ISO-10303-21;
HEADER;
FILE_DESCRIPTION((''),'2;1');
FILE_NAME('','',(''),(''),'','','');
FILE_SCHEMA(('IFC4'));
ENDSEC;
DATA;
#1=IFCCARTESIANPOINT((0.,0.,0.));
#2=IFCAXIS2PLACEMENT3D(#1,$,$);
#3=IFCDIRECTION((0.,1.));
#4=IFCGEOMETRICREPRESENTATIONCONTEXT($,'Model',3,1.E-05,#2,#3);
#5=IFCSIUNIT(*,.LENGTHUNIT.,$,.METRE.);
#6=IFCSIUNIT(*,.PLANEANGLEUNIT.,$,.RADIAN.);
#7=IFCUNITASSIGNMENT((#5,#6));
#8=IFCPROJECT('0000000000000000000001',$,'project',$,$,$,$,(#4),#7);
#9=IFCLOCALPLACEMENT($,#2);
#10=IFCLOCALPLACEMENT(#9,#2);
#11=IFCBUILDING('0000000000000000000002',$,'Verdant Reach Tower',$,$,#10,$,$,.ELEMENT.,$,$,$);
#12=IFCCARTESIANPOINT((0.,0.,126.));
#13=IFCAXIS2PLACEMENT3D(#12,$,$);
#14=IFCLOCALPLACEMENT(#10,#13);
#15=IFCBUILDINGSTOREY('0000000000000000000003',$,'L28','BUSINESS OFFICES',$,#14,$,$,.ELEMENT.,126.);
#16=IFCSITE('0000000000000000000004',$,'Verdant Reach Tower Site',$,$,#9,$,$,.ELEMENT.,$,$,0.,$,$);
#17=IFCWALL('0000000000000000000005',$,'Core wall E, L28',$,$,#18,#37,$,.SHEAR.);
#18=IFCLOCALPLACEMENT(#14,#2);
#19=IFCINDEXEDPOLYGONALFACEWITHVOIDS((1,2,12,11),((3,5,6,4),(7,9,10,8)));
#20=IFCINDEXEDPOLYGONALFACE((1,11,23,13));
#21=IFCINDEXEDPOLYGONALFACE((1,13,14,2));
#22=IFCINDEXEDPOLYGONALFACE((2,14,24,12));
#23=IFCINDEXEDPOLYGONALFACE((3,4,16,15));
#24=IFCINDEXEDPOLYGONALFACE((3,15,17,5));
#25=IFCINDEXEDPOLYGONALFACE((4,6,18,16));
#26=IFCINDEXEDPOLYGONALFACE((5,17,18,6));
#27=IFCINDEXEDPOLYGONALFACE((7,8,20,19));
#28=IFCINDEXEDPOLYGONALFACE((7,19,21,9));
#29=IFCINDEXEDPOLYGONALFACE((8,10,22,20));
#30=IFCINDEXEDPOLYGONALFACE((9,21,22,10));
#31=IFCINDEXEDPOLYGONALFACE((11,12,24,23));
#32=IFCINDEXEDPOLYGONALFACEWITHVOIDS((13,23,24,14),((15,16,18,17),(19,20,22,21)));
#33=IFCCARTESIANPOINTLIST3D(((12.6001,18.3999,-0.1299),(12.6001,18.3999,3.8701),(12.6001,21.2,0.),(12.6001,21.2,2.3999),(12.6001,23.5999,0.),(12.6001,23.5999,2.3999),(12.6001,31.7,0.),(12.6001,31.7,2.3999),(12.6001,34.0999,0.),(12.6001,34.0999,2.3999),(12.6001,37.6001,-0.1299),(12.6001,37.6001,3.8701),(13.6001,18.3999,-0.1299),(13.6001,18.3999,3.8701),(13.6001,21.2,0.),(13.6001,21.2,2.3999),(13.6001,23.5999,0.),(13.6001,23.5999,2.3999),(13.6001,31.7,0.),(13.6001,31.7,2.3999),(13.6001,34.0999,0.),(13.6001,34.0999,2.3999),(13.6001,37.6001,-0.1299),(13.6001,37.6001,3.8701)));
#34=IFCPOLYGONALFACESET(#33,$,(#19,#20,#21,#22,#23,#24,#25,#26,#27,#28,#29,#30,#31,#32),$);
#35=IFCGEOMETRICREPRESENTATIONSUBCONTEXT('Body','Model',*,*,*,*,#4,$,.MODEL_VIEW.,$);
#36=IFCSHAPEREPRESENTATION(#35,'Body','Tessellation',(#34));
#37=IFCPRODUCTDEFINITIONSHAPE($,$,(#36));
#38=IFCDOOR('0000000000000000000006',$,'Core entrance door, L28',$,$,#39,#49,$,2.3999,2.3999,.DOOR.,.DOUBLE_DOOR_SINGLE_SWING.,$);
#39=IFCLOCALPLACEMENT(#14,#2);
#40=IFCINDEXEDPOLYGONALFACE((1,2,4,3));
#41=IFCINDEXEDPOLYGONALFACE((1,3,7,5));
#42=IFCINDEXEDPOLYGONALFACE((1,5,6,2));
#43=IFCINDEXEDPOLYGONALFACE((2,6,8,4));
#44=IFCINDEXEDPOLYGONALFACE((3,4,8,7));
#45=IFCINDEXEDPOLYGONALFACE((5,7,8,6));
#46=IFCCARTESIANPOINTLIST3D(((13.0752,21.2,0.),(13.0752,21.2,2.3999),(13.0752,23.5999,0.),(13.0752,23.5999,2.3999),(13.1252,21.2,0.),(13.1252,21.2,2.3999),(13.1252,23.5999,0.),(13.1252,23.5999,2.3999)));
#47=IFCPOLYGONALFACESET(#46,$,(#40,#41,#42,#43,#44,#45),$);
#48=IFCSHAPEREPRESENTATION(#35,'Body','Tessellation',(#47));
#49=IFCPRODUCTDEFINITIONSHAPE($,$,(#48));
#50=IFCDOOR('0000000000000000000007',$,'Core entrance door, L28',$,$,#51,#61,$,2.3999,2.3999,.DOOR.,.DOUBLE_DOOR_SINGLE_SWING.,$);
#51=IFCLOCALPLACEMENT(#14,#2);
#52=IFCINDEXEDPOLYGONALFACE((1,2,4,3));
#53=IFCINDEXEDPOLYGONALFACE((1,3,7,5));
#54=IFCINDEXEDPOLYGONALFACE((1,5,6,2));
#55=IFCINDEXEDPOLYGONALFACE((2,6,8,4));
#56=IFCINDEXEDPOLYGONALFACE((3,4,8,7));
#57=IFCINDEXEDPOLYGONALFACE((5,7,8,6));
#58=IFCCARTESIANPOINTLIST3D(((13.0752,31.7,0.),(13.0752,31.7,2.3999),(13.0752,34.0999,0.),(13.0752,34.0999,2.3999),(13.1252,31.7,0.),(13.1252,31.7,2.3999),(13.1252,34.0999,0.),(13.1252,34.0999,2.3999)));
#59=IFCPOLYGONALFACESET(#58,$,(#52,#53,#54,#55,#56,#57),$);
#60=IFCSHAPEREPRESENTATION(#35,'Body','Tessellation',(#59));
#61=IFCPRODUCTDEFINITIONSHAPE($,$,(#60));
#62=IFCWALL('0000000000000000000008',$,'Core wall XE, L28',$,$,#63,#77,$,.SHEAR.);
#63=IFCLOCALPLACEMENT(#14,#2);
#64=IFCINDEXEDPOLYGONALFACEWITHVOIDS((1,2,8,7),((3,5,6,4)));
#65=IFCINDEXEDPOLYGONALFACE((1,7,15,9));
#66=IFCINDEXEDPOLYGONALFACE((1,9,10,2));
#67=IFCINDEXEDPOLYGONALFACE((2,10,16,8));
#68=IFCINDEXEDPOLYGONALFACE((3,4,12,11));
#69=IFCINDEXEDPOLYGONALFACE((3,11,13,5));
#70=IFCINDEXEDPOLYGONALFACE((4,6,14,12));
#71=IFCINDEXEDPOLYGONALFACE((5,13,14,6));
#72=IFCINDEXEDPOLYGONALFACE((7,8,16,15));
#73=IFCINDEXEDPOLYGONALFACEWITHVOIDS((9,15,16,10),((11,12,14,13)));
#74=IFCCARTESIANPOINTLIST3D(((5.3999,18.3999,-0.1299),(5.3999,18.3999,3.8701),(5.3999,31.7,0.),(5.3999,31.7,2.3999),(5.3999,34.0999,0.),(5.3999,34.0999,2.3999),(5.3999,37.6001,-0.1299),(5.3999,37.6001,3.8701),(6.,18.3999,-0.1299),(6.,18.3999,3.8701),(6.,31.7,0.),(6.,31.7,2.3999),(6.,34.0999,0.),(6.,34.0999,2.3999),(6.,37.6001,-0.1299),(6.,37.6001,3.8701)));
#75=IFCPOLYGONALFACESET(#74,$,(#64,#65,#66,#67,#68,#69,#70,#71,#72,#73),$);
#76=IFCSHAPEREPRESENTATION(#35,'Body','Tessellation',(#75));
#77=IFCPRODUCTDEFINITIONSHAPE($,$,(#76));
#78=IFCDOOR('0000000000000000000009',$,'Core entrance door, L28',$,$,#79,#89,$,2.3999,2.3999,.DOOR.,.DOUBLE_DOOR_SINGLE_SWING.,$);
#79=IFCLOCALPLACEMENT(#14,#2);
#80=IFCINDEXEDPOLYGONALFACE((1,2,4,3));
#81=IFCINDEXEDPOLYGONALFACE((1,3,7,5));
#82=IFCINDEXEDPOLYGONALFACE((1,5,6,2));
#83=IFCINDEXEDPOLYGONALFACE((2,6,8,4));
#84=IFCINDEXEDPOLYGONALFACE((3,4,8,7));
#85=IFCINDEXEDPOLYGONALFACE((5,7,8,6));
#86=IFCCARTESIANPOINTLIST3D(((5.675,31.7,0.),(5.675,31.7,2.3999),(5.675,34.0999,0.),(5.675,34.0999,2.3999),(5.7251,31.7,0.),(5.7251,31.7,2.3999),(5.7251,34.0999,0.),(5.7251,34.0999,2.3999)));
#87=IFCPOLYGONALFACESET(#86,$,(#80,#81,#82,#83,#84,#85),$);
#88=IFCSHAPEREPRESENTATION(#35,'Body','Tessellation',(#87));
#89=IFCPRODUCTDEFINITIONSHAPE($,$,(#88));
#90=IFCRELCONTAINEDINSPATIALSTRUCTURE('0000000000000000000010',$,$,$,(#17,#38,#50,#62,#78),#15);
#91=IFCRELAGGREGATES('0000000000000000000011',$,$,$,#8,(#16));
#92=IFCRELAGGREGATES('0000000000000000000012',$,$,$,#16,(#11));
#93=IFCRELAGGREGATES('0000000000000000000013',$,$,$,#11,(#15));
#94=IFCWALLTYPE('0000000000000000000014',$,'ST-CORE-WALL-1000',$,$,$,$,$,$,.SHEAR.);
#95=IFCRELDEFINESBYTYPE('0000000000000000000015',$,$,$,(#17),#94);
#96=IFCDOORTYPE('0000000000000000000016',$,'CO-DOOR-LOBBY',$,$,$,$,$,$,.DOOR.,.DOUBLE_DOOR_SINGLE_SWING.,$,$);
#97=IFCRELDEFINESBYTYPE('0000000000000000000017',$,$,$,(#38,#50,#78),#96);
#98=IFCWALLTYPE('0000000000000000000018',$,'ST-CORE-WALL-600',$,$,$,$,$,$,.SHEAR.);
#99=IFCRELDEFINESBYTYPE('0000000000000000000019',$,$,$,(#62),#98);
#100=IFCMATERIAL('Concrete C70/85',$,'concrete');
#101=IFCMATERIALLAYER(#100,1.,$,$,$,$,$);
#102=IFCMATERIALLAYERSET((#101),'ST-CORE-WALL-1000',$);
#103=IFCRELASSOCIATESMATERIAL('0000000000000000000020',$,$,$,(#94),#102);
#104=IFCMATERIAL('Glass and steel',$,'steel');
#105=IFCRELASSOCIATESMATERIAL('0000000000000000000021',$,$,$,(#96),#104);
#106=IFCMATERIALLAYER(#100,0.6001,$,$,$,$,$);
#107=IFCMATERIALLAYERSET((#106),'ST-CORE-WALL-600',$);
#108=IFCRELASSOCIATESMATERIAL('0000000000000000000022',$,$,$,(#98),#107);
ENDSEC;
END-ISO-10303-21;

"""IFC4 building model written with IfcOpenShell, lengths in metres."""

from ifc_helpers import new_model, si_unit, direction, frame, frame_2d, origin, place, context, subcontext, project, spatial, rectangle, extrude, material, layer, layer_set, type_object, element, fill, save


model = new_model("IFC4")

# Units and contexts
model_context = context("Model", 3, precision=1e-05, world=origin(), true_north=direction((0.0, 1.0)))
body_context = subcontext(model_context, "Body", "Model", "MODEL_VIEW")
ifc_project = project(units=[si_unit("LENGTHUNIT", "METRE"), si_unit("PLANEANGLEUNIT", "RADIAN")], contexts=[model_context])

# Site, building, storey
site_placement = place(None, origin())
site = spatial("IfcSite", under=ifc_project, at=site_placement, Name="Verdant Reach Tower Site", CompositionType="ELEMENT", RefElevation=0.0)
building_placement = place(site_placement, origin())
building = spatial("IfcBuilding", under=site, at=building_placement, Name="Verdant Reach Tower", CompositionType="ELEMENT")
storey_placement = place(building_placement, frame((0.0, 0.0, 126.0)))
storey = spatial("IfcBuildingStorey", under=building, at=storey_placement, Name="L28", Description="BUSINESS OFFICES", CompositionType="ELEMENT", Elevation=126.0)

# Wall, openings, doors
ifc_material_1 = material(Name="Concrete C70/85", Category="concrete")
ifc_layer_1 = layer(ifc_material_1, 1.0)
ifc_layer_set_1 = layer_set([ifc_layer_1], Name="ST-CORE-WALL-1000")
wall_type_1 = type_object("IfcWallType", Name="ST-CORE-WALL-1000", PredefinedType="SHEAR", material=ifc_layer_set_1)
wall_1_placement = place(storey_placement, frame((13.1001, 18.3999, -0.1299), z_axis=(0.0, 0.0, 1.0), x_axis=(0.0, 1.0, 0.0)))
wall_1 = element("IfcWall", 1, at=wall_1_placement, inside=storey, type_object=wall_type_1, Name="Core wall E, L28", PredefinedType="SHEAR", context=body_context, shape_type="SweptSolid", body=[
    extrude(rectangle(XDim=19.2002, YDim=1.0, at=frame_2d((9.6001, 0.0))), origin(), (0.0, 0.0, 1.0), 4.0),
])
opening_1_placement = place(wall_1_placement, frame((2.8, 0.0, 0.1299)))
opening_1 = element("IfcOpeningElement", 2, at=opening_1_placement, cuts=wall_1, PredefinedType="OPENING", context=body_context, shape_type="SweptSolid", body=[
    extrude(rectangle(XDim=2.3999, YDim=2.3999, at=frame_2d((1.2, 1.2))), frame((0.0, 0.51, 0.0), z_axis=(0.0, -1.0, 0.0), x_axis=(1.0, 0.0, 0.0)), (0.0, 0.0, 1.0), 1.02),
])
opening_2_placement = place(wall_1_placement, frame((13.3, 0.0, 0.1299)))
opening_2 = element("IfcOpeningElement", 3, at=opening_2_placement, cuts=wall_1, PredefinedType="OPENING", context=body_context, shape_type="SweptSolid", body=[
    extrude(rectangle(XDim=2.3999, YDim=2.3999, at=frame_2d((1.2, 1.2))), frame((0.0, 0.51, 0.0), z_axis=(0.0, -1.0, 0.0), x_axis=(1.0, 0.0, 0.0)), (0.0, 0.0, 1.0), 1.02),
])
ifc_material_2 = material(Name="Glass and steel", Category="steel")
door_type_1 = type_object("IfcDoorType", Name="CO-DOOR-LOBBY", OperationType="DOUBLE_DOOR_SINGLE_SWING", PredefinedType="DOOR", material=ifc_material_2)
door_1_placement = place(opening_1_placement, origin())
door_1 = element("IfcDoor", 4, at=door_1_placement, inside=storey, type_object=door_type_1, Name="Core entrance door, L28", OperationType="DOUBLE_DOOR_SINGLE_SWING", OverallHeight=2.3999, OverallWidth=2.3999, PredefinedType="DOOR", context=body_context, shape_type="SweptSolid", body=[
    extrude(rectangle(XDim=2.3999, YDim=2.3999, at=frame_2d((1.2, 1.2))), frame((0.0, 0.0249, 0.0), z_axis=(0.0, -1.0, 0.0), x_axis=(1.0, 0.0, 0.0)), (0.0, 0.0, 1.0), 0.05),
])
fill(opening_1, door_1)
door_2_placement = place(opening_2_placement, origin())
door_2 = element("IfcDoor", 5, at=door_2_placement, inside=storey, type_object=door_type_1, Name="Core entrance door, L28", OperationType="DOUBLE_DOOR_SINGLE_SWING", OverallHeight=2.3999, OverallWidth=2.3999, PredefinedType="DOOR", context=body_context, shape_type="SweptSolid", body=[
    extrude(rectangle(XDim=2.3999, YDim=2.3999, at=frame_2d((1.2, 1.2))), frame((0.0, 0.0249, 0.0), z_axis=(0.0, -1.0, 0.0), x_axis=(1.0, 0.0, 0.0)), (0.0, 0.0, 1.0), 0.05),
])
fill(opening_2, door_2)

# Wall, opening, door
ifc_layer_2 = layer(ifc_material_1, 0.6001)
ifc_layer_set_2 = layer_set([ifc_layer_2], Name="ST-CORE-WALL-600")
wall_type_2 = type_object("IfcWallType", Name="ST-CORE-WALL-600", PredefinedType="SHEAR", material=ifc_layer_set_2)
wall_2_placement = place(storey_placement, frame((5.7, 18.3999, -0.1299), z_axis=(0.0, 0.0, 1.0), x_axis=(0.0, 1.0, 0.0)))
wall_2 = element("IfcWall", 6, at=wall_2_placement, inside=storey, type_object=wall_type_2, Name="Core wall XE, L28", PredefinedType="SHEAR", context=body_context, shape_type="SweptSolid", body=[
    extrude(rectangle(XDim=19.2002, YDim=0.6001, at=frame_2d((9.6001, 0.0))), origin(), (0.0, 0.0, 1.0), 4.0),
])
opening_3_placement = place(wall_2_placement, frame((13.3, 0.0, 0.1299)))
opening_3 = element("IfcOpeningElement", 7, at=opening_3_placement, cuts=wall_2, PredefinedType="OPENING", context=body_context, shape_type="SweptSolid", body=[
    extrude(rectangle(XDim=2.3999, YDim=2.3999, at=frame_2d((1.2, 1.2))), frame((0.0, 0.3101, 0.0), z_axis=(0.0, -1.0, 0.0), x_axis=(1.0, 0.0, 0.0)), (0.0, 0.0, 1.0), 0.6201),
])
door_3_placement = place(opening_3_placement, origin())
door_3 = element("IfcDoor", 8, at=door_3_placement, inside=storey, type_object=door_type_1, Name="Core entrance door, L28", OperationType="DOUBLE_DOOR_SINGLE_SWING", OverallHeight=2.3999, OverallWidth=2.3999, PredefinedType="DOOR", context=body_context, shape_type="SweptSolid", body=[
    extrude(rectangle(XDim=2.3999, YDim=2.3999, at=frame_2d((1.2, 1.2))), frame((0.0, 0.0249, 0.0), z_axis=(0.0, -1.0, 0.0), x_axis=(1.0, 0.0, 0.0)), (0.0, 0.0, 1.0), 0.05),
])
fill(opening_3, door_3)

save(model, "model.ifc")
